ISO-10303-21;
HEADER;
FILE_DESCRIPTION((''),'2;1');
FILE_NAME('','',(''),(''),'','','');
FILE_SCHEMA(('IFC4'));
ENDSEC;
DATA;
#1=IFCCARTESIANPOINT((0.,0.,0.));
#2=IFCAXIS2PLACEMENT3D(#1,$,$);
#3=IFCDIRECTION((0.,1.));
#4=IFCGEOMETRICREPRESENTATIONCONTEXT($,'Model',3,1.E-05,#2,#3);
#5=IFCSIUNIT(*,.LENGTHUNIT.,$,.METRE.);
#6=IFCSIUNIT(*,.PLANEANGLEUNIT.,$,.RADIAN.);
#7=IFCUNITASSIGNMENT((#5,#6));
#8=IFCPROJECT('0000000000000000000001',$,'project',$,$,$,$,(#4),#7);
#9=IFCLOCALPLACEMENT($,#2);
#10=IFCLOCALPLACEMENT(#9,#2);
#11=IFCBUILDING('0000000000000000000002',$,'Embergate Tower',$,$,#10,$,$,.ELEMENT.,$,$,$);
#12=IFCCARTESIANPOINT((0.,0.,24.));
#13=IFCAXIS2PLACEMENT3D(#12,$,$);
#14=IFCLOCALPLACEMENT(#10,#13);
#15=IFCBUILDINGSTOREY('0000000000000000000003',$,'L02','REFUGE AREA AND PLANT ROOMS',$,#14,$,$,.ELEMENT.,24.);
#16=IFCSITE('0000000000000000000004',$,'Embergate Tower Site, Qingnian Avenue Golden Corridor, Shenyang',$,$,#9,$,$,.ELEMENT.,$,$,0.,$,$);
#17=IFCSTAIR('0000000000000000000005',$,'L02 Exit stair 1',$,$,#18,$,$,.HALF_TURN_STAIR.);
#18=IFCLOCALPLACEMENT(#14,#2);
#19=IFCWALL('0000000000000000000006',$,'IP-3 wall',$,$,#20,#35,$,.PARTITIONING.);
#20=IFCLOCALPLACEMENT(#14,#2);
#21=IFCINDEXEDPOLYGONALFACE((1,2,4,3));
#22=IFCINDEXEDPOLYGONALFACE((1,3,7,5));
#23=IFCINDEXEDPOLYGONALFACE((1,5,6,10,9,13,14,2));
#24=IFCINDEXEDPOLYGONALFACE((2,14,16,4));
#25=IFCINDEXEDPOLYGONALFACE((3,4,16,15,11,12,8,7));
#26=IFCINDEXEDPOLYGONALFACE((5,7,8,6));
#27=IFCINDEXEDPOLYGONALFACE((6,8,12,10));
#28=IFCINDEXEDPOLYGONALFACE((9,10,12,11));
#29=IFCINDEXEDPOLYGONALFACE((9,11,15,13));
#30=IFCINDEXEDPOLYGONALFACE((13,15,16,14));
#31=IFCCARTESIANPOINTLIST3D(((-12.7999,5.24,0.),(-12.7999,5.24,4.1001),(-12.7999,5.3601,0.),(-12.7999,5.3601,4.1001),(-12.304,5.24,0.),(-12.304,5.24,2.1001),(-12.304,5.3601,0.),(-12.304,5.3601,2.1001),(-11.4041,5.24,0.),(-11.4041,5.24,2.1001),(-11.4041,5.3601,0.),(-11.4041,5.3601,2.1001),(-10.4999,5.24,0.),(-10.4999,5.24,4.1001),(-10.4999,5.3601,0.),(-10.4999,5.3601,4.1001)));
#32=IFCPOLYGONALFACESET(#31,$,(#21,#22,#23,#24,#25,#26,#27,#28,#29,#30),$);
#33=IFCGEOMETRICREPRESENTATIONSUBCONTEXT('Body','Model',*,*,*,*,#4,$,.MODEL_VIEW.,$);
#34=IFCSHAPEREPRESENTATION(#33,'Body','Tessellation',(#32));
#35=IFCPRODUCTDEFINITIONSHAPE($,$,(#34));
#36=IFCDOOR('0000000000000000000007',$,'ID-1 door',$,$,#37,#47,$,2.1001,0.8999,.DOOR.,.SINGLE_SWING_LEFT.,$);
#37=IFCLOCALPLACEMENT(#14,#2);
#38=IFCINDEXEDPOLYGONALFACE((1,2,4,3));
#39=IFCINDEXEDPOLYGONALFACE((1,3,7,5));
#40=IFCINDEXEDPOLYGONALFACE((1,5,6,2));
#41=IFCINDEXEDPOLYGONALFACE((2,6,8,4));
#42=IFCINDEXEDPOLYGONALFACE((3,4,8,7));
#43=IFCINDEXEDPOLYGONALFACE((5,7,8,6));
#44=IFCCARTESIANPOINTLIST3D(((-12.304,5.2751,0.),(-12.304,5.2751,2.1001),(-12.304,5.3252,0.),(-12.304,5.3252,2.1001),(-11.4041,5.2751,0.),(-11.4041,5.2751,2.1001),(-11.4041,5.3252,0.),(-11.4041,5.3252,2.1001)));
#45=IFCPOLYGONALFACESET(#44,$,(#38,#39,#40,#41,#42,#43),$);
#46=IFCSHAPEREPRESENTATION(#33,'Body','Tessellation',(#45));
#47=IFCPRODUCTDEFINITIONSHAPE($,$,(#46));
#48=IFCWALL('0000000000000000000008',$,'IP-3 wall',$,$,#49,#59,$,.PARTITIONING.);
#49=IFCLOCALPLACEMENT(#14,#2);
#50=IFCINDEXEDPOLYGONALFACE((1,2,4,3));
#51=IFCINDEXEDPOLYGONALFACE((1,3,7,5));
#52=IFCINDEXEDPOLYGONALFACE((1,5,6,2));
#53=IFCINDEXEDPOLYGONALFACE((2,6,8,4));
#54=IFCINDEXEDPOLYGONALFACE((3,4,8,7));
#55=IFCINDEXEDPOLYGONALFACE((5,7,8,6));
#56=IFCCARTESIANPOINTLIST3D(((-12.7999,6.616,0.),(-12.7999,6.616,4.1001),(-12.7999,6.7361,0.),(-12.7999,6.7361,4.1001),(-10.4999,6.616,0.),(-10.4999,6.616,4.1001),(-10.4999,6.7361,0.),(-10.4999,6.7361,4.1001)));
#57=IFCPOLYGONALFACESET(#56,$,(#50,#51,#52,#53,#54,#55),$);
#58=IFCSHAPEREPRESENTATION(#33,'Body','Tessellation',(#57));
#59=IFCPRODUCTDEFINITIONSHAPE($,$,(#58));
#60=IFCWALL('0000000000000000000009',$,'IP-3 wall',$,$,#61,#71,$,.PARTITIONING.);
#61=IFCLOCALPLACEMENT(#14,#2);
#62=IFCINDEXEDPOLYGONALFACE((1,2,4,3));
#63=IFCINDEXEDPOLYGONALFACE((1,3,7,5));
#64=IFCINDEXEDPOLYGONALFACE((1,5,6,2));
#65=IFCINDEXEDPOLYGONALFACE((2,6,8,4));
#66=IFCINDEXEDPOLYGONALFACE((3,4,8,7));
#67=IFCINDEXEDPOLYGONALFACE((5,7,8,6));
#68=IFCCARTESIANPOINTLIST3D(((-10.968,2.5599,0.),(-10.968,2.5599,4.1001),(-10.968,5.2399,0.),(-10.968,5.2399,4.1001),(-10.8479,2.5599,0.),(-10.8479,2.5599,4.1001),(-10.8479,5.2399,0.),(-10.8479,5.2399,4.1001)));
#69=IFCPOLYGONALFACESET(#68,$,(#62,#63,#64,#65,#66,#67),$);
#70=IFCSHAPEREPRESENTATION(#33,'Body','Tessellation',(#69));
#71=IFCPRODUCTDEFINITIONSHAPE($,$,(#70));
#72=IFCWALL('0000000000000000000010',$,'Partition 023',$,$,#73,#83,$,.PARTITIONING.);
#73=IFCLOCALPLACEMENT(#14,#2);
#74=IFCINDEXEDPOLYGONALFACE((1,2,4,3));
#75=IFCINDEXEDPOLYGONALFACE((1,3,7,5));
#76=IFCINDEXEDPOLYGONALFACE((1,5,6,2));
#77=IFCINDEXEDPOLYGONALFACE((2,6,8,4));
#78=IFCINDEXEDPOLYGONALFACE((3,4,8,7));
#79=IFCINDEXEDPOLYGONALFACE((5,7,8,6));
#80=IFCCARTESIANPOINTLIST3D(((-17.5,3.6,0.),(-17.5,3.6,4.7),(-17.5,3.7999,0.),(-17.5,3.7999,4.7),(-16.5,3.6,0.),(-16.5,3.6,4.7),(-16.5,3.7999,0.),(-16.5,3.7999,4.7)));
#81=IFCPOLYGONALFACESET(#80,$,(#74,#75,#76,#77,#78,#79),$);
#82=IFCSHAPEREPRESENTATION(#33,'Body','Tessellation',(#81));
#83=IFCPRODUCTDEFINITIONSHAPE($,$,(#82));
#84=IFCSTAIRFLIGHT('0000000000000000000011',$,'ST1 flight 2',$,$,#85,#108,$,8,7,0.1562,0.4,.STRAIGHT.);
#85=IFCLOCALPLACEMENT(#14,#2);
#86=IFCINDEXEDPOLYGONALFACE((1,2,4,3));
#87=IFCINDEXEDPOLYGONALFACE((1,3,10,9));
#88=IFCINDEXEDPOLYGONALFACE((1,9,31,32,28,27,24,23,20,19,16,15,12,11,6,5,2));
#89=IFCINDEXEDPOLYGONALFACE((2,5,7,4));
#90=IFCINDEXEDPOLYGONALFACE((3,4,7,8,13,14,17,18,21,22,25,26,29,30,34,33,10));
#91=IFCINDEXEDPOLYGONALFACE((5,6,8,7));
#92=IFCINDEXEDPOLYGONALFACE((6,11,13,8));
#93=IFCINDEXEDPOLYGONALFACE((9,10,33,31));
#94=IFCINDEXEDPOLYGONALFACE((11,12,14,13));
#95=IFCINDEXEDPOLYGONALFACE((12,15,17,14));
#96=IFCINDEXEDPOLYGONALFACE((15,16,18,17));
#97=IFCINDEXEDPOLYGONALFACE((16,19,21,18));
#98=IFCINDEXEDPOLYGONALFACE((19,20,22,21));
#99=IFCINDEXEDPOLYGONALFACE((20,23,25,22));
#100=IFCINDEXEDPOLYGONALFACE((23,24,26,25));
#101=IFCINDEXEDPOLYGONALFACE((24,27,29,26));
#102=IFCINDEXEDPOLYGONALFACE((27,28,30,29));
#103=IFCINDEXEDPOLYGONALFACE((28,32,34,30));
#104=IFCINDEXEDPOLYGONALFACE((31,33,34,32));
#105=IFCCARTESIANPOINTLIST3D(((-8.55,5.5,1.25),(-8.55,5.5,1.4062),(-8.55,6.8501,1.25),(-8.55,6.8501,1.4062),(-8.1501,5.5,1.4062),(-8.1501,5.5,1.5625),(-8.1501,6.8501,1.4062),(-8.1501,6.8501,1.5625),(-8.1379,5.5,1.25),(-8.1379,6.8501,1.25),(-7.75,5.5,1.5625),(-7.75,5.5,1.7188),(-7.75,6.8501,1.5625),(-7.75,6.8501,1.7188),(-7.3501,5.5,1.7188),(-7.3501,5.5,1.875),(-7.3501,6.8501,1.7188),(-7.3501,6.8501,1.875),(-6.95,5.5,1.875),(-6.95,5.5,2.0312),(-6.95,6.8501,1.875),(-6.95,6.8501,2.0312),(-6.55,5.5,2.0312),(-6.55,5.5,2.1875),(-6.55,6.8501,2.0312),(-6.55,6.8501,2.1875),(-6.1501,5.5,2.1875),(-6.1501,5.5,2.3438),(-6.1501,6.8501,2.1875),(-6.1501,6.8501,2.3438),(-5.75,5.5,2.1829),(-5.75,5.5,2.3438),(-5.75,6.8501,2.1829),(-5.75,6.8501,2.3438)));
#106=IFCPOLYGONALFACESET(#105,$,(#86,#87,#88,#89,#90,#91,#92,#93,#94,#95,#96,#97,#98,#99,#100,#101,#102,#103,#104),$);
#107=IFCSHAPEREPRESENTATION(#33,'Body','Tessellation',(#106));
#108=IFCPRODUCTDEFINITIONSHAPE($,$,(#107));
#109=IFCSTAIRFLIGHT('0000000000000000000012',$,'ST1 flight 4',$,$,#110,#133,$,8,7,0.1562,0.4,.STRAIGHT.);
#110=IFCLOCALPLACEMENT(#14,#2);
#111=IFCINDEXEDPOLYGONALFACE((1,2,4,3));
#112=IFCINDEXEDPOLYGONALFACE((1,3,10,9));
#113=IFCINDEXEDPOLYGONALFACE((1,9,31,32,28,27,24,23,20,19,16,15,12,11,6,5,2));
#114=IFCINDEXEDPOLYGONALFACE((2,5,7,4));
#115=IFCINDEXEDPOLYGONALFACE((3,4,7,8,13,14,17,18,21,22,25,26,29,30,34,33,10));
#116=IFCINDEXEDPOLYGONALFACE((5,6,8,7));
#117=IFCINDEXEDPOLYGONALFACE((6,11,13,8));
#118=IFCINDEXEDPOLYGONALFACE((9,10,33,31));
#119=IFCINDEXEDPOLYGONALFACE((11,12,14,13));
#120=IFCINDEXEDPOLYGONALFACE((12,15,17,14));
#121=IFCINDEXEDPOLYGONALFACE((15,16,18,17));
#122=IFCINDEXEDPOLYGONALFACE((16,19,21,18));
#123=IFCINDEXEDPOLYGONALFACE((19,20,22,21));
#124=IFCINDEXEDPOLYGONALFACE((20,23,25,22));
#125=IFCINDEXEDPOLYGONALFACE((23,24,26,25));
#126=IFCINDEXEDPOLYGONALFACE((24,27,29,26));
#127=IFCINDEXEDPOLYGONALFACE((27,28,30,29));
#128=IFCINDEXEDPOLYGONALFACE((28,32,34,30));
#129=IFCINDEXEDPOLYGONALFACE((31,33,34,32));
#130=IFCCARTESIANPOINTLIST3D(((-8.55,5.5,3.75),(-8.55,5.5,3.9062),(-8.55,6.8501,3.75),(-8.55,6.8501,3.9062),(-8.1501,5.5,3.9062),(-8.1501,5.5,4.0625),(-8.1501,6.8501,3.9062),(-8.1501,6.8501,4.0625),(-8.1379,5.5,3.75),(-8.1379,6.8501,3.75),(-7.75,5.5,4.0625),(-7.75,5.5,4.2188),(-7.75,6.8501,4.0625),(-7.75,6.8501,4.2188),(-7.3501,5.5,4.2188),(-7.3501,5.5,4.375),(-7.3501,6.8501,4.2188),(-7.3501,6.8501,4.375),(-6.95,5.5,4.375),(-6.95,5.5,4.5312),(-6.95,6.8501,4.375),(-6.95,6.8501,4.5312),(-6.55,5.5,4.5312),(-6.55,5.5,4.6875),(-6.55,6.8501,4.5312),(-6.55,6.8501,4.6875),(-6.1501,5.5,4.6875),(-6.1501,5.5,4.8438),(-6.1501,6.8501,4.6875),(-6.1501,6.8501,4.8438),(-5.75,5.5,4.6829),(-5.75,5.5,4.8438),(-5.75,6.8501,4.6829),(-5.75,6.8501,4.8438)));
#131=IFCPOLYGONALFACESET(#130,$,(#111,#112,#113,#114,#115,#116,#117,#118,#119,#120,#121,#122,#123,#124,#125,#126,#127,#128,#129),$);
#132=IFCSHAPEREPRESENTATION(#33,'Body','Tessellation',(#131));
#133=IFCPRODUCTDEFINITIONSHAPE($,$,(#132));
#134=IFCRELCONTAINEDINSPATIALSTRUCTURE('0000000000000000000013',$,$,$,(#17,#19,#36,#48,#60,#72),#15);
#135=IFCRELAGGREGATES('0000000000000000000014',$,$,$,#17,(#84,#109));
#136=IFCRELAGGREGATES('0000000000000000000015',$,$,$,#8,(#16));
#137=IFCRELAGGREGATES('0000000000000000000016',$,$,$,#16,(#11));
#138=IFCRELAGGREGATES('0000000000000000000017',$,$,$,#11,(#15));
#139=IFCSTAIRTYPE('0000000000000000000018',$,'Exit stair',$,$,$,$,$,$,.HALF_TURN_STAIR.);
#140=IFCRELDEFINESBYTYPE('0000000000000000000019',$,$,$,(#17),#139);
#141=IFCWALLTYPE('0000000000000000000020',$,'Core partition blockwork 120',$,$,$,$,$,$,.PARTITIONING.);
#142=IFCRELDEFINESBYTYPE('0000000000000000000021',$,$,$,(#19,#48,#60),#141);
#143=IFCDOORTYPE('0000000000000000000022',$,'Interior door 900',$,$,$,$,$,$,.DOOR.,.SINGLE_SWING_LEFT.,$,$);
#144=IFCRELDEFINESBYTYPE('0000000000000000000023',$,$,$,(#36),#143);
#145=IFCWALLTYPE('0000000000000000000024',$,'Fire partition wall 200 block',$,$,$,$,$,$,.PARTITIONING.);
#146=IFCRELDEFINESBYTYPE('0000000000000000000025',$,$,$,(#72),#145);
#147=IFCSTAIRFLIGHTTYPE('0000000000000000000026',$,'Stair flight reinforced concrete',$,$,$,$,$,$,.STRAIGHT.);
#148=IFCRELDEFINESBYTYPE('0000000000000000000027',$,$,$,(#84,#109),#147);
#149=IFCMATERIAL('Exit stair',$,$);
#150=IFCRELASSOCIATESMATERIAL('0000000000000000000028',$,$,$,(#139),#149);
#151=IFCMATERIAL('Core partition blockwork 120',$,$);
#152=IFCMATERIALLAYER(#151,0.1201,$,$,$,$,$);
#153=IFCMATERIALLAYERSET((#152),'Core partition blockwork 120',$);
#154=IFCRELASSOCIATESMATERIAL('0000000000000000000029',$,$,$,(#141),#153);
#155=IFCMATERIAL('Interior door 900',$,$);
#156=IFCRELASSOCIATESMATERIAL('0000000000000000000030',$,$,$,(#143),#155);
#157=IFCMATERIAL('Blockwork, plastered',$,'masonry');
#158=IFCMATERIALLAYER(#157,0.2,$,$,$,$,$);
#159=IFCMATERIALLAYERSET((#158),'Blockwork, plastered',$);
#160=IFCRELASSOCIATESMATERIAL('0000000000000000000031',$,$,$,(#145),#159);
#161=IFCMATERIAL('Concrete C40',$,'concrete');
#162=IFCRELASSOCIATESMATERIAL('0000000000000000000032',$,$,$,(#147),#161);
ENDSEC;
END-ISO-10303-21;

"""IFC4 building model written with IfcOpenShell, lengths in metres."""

from ifc_helpers import new_model, si_unit, direction, frame, frame_2d, origin, place, context, subcontext, project, spatial, polyline, rectangle, outline, extrude, source, transform, mapped, material, layer, layer_set, type_object, element, fill, aggregate, save


model = new_model("IFC4")

# Units and contexts
model_context = context("Model", 3, precision=1e-05, world=origin(), true_north=direction((0.0, 1.0)))
body_context = subcontext(model_context, "Body", "Model", "MODEL_VIEW")
ifc_project = project(units=[si_unit("LENGTHUNIT", "METRE"), si_unit("PLANEANGLEUNIT", "RADIAN")], contexts=[model_context])

# Site, building, storey
site_placement = place(None, origin())
site = spatial("IfcSite", under=ifc_project, at=site_placement, Name="Embergate Tower Site, Qingnian Avenue Golden Corridor, Shenyang", CompositionType="ELEMENT", RefElevation=0.0)
building_placement = place(site_placement, origin())
building = spatial("IfcBuilding", under=site, at=building_placement, Name="Embergate Tower", CompositionType="ELEMENT")
storey_placement = place(building_placement, frame((0.0, 0.0, 24.0)))
storey = spatial("IfcBuildingStorey", under=building, at=storey_placement, Name="L02", Description="REFUGE AREA AND PLANT ROOMS", CompositionType="ELEMENT", Elevation=24.0)

# Stair
ifc_material_1 = material(Name="Exit stair")
stair_type = type_object("IfcStairType", Name="Exit stair", PredefinedType="HALF_TURN_STAIR", material=ifc_material_1)
stair_placement = place(storey_placement, origin())
stair = element("IfcStair", 1, at=stair_placement, inside=storey, type_object=stair_type, Name="L02 Exit stair 1", PredefinedType="HALF_TURN_STAIR")
ifc_material_2 = material(Name="Concrete C40", Category="concrete")

# Shared definitions
ifc_material_3 = material(Name="Core partition blockwork 120")
ifc_layer_1 = layer(ifc_material_3, 0.1201)
ifc_layer_set_1 = layer_set([ifc_layer_1], Name="Core partition blockwork 120")
wall_type_1 = type_object("IfcWallType", Name="Core partition blockwork 120", PredefinedType="PARTITIONING", material=ifc_layer_set_1)
shared_shape_1 = source(origin(), body_context, "Body", "SweptSolid", [
    extrude(rectangle(XDim=0.8999, YDim=2.1001, at=frame_2d((0.45, 1.05))), frame((0.0, 0.0701, 0.0), z_axis=(0.0, -1.0, 0.0), x_axis=(1.0, 0.0, 0.0)), (0.0, 0.0, 1.0), 0.1401),
])
ifc_material_4 = material(Name="Interior door 900")
door_type_1 = type_object("IfcDoorType", Name="Interior door 900", OperationType="SINGLE_SWING_LEFT", PredefinedType="DOOR", material=ifc_material_4)
shared_shape_2 = source(origin(), body_context, "Body", "SweptSolid", [
    extrude(rectangle(XDim=0.8999, YDim=2.1001, at=frame_2d((0.45, 1.05))), frame((0.0, 0.0249, 0.0), z_axis=(0.0, -1.0, 0.0), x_axis=(1.0, 0.0, 0.0)), (0.0, 0.0, 1.0), 0.05),
])

# Wall, opening, door
shared_shape_3 = source(origin(), body_context, "Body", "SweptSolid", [
    extrude(rectangle(XDim=2.3, YDim=0.1201, at=frame_2d((1.1499, 0.0))), origin(), (0.0, 0.0, 1.0), 4.1001),
])
wall_1_placement = place(storey_placement, frame((-10.5, 5.3, 0.0), z_axis=(0.0, 0.0, 1.0), x_axis=(-1.0, 0.0, 0.0)))
wall_1 = element("IfcWall", 2, at=wall_1_placement, inside=storey, type_object=wall_type_1, Name="IP-3 wall", PredefinedType="PARTITIONING", context=body_context, shape_type="MappedRepresentation", body=[
    mapped(shared_shape_3, transform((0.0, 0.0, 0.0))),
])
opening_1_placement = place(wall_1_placement, frame((0.9041, 0.0, 0.0)))
opening_1 = element("IfcOpeningElement", 3, at=opening_1_placement, cuts=wall_1, PredefinedType="OPENING", context=body_context, shape_type="MappedRepresentation", body=[
    mapped(shared_shape_1, transform((0.0, 0.0, 0.0))),
])
door_1_placement = place(opening_1_placement, origin())
door_1 = element("IfcDoor", 4, at=door_1_placement, inside=storey, type_object=door_type_1, Name="ID-1 door", OperationType="SINGLE_SWING_LEFT", OverallHeight=2.1001, OverallWidth=0.8999, PredefinedType="DOOR", context=body_context, shape_type="MappedRepresentation", body=[
    mapped(shared_shape_2, transform((0.0, 0.0, 0.0))),
])
fill(opening_1, door_1)

# Walls
wall_2_placement = place(storey_placement, frame((-10.5, 6.676, 0.0), z_axis=(0.0, 0.0, 1.0), x_axis=(-1.0, 0.0, 0.0)))
element("IfcWall", 5, at=wall_2_placement, inside=storey, type_object=wall_type_1, Name="IP-3 wall", PredefinedType="PARTITIONING", context=body_context, shape_type="MappedRepresentation", body=[
    mapped(shared_shape_3, transform((0.0, 0.0, 0.0))),
])
shared_shape_4 = source(origin(), body_context, "Body", "SweptSolid", [
    extrude(rectangle(XDim=2.6799, YDim=0.1201, at=frame_2d((1.3398, 0.0))), origin(), (0.0, 0.0, 1.0), 4.1001),
])
wall_3_placement = place(storey_placement, frame((-10.908, 2.5601, 0.0), z_axis=(0.0, 0.0, 1.0), x_axis=(0.0, 1.0, 0.0)))
element("IfcWall", 6, at=wall_3_placement, inside=storey, type_object=wall_type_1, Name="IP-3 wall", PredefinedType="PARTITIONING", context=body_context, shape_type="MappedRepresentation", body=[
    mapped(shared_shape_4, transform((0.0, 0.0, 0.0))),
])
ifc_material_5 = material(Name="Blockwork, plastered", Category="masonry")
ifc_layer_2 = layer(ifc_material_5, 0.2)
ifc_layer_set_2 = layer_set([ifc_layer_2], Name="Blockwork, plastered")
wall_type_2 = type_object("IfcWallType", Name="Fire partition wall 200 block", PredefinedType="PARTITIONING", material=ifc_layer_set_2)
shared_shape_5 = source(origin(), body_context, "Body", "SweptSolid", [
    extrude(rectangle(XDim=1.0, YDim=0.2, at=frame_2d((0.5, 0.0))), origin(), (0.0, 0.0, 1.0), 4.7),
])
wall_4_placement = place(storey_placement, frame((-16.5, 3.7, 0.0), z_axis=(0.0, 0.0, 1.0), x_axis=(-1.0, 0.0, 0.0)))
element("IfcWall", 7, at=wall_4_placement, inside=storey, type_object=wall_type_2, Name="Partition 023", PredefinedType="PARTITIONING", context=body_context, shape_type="MappedRepresentation", body=[
    mapped(shared_shape_5, transform((0.0, 0.0, 0.0))),
])

# Stair flights
stair_flight_type = type_object("IfcStairFlightType", Name="Stair flight reinforced concrete", PredefinedType="STRAIGHT", material=ifc_material_2)
shared_shape_6 = source(origin(), body_context, "Body", "SweptSolid", [
    extrude(outline(polyline([(0.0, 0.0), (0.0, 0.1562), (0.3999, 0.1562), (0.3999, 0.3125), (0.8, 0.3125), (0.8, 0.4688), (1.2, 0.4688), (1.2, 0.625), (1.6001, 0.625), (1.6001, 0.7812), (2.0, 0.7812), (2.0, 0.9375), (2.3999, 0.9375), (2.3999, 1.0938), (2.8, 1.0938), (2.8, 1.25), (2.8, 0.9329), (0.4121, 0.0), (0.0, 0.0)])), frame((0.0, 0.675, 0.0), z_axis=(0.0, -1.0, 0.0), x_axis=(1.0, 0.0, 0.0)), (0.0, 0.0, 1.0), 1.3501),
])
stair_flight_1_placement = place(storey_placement, frame((-8.55, 6.175, 1.25), z_axis=(0.0, 0.0, 1.0), x_axis=(1.0, 0.0, 0.0)))
stair_flight_1 = element("IfcStairFlight", 8, at=stair_flight_1_placement, type_object=stair_flight_type, Name="ST1 flight 2", NumberOfRisers=8, NumberOfTreads=7, PredefinedType="STRAIGHT", RiserHeight=0.1562, TreadLength=0.4, context=body_context, shape_type="MappedRepresentation", body=[
    mapped(shared_shape_6, transform((0.0, 0.0, 0.0))),
])
stair_flight_2_placement = place(storey_placement, frame((-8.55, 6.175, 3.75), z_axis=(0.0, 0.0, 1.0), x_axis=(1.0, 0.0, 0.0)))
stair_flight_2 = element("IfcStairFlight", 9, at=stair_flight_2_placement, type_object=stair_flight_type, Name="ST1 flight 4", NumberOfRisers=8, NumberOfTreads=7, PredefinedType="STRAIGHT", RiserHeight=0.1562, TreadLength=0.4, context=body_context, shape_type="MappedRepresentation", body=[
    mapped(shared_shape_6, transform((0.0, 0.0, 0.0))),
])
aggregate(stair, [stair_flight_1, stair_flight_2])

save(model, "model.ifc")
